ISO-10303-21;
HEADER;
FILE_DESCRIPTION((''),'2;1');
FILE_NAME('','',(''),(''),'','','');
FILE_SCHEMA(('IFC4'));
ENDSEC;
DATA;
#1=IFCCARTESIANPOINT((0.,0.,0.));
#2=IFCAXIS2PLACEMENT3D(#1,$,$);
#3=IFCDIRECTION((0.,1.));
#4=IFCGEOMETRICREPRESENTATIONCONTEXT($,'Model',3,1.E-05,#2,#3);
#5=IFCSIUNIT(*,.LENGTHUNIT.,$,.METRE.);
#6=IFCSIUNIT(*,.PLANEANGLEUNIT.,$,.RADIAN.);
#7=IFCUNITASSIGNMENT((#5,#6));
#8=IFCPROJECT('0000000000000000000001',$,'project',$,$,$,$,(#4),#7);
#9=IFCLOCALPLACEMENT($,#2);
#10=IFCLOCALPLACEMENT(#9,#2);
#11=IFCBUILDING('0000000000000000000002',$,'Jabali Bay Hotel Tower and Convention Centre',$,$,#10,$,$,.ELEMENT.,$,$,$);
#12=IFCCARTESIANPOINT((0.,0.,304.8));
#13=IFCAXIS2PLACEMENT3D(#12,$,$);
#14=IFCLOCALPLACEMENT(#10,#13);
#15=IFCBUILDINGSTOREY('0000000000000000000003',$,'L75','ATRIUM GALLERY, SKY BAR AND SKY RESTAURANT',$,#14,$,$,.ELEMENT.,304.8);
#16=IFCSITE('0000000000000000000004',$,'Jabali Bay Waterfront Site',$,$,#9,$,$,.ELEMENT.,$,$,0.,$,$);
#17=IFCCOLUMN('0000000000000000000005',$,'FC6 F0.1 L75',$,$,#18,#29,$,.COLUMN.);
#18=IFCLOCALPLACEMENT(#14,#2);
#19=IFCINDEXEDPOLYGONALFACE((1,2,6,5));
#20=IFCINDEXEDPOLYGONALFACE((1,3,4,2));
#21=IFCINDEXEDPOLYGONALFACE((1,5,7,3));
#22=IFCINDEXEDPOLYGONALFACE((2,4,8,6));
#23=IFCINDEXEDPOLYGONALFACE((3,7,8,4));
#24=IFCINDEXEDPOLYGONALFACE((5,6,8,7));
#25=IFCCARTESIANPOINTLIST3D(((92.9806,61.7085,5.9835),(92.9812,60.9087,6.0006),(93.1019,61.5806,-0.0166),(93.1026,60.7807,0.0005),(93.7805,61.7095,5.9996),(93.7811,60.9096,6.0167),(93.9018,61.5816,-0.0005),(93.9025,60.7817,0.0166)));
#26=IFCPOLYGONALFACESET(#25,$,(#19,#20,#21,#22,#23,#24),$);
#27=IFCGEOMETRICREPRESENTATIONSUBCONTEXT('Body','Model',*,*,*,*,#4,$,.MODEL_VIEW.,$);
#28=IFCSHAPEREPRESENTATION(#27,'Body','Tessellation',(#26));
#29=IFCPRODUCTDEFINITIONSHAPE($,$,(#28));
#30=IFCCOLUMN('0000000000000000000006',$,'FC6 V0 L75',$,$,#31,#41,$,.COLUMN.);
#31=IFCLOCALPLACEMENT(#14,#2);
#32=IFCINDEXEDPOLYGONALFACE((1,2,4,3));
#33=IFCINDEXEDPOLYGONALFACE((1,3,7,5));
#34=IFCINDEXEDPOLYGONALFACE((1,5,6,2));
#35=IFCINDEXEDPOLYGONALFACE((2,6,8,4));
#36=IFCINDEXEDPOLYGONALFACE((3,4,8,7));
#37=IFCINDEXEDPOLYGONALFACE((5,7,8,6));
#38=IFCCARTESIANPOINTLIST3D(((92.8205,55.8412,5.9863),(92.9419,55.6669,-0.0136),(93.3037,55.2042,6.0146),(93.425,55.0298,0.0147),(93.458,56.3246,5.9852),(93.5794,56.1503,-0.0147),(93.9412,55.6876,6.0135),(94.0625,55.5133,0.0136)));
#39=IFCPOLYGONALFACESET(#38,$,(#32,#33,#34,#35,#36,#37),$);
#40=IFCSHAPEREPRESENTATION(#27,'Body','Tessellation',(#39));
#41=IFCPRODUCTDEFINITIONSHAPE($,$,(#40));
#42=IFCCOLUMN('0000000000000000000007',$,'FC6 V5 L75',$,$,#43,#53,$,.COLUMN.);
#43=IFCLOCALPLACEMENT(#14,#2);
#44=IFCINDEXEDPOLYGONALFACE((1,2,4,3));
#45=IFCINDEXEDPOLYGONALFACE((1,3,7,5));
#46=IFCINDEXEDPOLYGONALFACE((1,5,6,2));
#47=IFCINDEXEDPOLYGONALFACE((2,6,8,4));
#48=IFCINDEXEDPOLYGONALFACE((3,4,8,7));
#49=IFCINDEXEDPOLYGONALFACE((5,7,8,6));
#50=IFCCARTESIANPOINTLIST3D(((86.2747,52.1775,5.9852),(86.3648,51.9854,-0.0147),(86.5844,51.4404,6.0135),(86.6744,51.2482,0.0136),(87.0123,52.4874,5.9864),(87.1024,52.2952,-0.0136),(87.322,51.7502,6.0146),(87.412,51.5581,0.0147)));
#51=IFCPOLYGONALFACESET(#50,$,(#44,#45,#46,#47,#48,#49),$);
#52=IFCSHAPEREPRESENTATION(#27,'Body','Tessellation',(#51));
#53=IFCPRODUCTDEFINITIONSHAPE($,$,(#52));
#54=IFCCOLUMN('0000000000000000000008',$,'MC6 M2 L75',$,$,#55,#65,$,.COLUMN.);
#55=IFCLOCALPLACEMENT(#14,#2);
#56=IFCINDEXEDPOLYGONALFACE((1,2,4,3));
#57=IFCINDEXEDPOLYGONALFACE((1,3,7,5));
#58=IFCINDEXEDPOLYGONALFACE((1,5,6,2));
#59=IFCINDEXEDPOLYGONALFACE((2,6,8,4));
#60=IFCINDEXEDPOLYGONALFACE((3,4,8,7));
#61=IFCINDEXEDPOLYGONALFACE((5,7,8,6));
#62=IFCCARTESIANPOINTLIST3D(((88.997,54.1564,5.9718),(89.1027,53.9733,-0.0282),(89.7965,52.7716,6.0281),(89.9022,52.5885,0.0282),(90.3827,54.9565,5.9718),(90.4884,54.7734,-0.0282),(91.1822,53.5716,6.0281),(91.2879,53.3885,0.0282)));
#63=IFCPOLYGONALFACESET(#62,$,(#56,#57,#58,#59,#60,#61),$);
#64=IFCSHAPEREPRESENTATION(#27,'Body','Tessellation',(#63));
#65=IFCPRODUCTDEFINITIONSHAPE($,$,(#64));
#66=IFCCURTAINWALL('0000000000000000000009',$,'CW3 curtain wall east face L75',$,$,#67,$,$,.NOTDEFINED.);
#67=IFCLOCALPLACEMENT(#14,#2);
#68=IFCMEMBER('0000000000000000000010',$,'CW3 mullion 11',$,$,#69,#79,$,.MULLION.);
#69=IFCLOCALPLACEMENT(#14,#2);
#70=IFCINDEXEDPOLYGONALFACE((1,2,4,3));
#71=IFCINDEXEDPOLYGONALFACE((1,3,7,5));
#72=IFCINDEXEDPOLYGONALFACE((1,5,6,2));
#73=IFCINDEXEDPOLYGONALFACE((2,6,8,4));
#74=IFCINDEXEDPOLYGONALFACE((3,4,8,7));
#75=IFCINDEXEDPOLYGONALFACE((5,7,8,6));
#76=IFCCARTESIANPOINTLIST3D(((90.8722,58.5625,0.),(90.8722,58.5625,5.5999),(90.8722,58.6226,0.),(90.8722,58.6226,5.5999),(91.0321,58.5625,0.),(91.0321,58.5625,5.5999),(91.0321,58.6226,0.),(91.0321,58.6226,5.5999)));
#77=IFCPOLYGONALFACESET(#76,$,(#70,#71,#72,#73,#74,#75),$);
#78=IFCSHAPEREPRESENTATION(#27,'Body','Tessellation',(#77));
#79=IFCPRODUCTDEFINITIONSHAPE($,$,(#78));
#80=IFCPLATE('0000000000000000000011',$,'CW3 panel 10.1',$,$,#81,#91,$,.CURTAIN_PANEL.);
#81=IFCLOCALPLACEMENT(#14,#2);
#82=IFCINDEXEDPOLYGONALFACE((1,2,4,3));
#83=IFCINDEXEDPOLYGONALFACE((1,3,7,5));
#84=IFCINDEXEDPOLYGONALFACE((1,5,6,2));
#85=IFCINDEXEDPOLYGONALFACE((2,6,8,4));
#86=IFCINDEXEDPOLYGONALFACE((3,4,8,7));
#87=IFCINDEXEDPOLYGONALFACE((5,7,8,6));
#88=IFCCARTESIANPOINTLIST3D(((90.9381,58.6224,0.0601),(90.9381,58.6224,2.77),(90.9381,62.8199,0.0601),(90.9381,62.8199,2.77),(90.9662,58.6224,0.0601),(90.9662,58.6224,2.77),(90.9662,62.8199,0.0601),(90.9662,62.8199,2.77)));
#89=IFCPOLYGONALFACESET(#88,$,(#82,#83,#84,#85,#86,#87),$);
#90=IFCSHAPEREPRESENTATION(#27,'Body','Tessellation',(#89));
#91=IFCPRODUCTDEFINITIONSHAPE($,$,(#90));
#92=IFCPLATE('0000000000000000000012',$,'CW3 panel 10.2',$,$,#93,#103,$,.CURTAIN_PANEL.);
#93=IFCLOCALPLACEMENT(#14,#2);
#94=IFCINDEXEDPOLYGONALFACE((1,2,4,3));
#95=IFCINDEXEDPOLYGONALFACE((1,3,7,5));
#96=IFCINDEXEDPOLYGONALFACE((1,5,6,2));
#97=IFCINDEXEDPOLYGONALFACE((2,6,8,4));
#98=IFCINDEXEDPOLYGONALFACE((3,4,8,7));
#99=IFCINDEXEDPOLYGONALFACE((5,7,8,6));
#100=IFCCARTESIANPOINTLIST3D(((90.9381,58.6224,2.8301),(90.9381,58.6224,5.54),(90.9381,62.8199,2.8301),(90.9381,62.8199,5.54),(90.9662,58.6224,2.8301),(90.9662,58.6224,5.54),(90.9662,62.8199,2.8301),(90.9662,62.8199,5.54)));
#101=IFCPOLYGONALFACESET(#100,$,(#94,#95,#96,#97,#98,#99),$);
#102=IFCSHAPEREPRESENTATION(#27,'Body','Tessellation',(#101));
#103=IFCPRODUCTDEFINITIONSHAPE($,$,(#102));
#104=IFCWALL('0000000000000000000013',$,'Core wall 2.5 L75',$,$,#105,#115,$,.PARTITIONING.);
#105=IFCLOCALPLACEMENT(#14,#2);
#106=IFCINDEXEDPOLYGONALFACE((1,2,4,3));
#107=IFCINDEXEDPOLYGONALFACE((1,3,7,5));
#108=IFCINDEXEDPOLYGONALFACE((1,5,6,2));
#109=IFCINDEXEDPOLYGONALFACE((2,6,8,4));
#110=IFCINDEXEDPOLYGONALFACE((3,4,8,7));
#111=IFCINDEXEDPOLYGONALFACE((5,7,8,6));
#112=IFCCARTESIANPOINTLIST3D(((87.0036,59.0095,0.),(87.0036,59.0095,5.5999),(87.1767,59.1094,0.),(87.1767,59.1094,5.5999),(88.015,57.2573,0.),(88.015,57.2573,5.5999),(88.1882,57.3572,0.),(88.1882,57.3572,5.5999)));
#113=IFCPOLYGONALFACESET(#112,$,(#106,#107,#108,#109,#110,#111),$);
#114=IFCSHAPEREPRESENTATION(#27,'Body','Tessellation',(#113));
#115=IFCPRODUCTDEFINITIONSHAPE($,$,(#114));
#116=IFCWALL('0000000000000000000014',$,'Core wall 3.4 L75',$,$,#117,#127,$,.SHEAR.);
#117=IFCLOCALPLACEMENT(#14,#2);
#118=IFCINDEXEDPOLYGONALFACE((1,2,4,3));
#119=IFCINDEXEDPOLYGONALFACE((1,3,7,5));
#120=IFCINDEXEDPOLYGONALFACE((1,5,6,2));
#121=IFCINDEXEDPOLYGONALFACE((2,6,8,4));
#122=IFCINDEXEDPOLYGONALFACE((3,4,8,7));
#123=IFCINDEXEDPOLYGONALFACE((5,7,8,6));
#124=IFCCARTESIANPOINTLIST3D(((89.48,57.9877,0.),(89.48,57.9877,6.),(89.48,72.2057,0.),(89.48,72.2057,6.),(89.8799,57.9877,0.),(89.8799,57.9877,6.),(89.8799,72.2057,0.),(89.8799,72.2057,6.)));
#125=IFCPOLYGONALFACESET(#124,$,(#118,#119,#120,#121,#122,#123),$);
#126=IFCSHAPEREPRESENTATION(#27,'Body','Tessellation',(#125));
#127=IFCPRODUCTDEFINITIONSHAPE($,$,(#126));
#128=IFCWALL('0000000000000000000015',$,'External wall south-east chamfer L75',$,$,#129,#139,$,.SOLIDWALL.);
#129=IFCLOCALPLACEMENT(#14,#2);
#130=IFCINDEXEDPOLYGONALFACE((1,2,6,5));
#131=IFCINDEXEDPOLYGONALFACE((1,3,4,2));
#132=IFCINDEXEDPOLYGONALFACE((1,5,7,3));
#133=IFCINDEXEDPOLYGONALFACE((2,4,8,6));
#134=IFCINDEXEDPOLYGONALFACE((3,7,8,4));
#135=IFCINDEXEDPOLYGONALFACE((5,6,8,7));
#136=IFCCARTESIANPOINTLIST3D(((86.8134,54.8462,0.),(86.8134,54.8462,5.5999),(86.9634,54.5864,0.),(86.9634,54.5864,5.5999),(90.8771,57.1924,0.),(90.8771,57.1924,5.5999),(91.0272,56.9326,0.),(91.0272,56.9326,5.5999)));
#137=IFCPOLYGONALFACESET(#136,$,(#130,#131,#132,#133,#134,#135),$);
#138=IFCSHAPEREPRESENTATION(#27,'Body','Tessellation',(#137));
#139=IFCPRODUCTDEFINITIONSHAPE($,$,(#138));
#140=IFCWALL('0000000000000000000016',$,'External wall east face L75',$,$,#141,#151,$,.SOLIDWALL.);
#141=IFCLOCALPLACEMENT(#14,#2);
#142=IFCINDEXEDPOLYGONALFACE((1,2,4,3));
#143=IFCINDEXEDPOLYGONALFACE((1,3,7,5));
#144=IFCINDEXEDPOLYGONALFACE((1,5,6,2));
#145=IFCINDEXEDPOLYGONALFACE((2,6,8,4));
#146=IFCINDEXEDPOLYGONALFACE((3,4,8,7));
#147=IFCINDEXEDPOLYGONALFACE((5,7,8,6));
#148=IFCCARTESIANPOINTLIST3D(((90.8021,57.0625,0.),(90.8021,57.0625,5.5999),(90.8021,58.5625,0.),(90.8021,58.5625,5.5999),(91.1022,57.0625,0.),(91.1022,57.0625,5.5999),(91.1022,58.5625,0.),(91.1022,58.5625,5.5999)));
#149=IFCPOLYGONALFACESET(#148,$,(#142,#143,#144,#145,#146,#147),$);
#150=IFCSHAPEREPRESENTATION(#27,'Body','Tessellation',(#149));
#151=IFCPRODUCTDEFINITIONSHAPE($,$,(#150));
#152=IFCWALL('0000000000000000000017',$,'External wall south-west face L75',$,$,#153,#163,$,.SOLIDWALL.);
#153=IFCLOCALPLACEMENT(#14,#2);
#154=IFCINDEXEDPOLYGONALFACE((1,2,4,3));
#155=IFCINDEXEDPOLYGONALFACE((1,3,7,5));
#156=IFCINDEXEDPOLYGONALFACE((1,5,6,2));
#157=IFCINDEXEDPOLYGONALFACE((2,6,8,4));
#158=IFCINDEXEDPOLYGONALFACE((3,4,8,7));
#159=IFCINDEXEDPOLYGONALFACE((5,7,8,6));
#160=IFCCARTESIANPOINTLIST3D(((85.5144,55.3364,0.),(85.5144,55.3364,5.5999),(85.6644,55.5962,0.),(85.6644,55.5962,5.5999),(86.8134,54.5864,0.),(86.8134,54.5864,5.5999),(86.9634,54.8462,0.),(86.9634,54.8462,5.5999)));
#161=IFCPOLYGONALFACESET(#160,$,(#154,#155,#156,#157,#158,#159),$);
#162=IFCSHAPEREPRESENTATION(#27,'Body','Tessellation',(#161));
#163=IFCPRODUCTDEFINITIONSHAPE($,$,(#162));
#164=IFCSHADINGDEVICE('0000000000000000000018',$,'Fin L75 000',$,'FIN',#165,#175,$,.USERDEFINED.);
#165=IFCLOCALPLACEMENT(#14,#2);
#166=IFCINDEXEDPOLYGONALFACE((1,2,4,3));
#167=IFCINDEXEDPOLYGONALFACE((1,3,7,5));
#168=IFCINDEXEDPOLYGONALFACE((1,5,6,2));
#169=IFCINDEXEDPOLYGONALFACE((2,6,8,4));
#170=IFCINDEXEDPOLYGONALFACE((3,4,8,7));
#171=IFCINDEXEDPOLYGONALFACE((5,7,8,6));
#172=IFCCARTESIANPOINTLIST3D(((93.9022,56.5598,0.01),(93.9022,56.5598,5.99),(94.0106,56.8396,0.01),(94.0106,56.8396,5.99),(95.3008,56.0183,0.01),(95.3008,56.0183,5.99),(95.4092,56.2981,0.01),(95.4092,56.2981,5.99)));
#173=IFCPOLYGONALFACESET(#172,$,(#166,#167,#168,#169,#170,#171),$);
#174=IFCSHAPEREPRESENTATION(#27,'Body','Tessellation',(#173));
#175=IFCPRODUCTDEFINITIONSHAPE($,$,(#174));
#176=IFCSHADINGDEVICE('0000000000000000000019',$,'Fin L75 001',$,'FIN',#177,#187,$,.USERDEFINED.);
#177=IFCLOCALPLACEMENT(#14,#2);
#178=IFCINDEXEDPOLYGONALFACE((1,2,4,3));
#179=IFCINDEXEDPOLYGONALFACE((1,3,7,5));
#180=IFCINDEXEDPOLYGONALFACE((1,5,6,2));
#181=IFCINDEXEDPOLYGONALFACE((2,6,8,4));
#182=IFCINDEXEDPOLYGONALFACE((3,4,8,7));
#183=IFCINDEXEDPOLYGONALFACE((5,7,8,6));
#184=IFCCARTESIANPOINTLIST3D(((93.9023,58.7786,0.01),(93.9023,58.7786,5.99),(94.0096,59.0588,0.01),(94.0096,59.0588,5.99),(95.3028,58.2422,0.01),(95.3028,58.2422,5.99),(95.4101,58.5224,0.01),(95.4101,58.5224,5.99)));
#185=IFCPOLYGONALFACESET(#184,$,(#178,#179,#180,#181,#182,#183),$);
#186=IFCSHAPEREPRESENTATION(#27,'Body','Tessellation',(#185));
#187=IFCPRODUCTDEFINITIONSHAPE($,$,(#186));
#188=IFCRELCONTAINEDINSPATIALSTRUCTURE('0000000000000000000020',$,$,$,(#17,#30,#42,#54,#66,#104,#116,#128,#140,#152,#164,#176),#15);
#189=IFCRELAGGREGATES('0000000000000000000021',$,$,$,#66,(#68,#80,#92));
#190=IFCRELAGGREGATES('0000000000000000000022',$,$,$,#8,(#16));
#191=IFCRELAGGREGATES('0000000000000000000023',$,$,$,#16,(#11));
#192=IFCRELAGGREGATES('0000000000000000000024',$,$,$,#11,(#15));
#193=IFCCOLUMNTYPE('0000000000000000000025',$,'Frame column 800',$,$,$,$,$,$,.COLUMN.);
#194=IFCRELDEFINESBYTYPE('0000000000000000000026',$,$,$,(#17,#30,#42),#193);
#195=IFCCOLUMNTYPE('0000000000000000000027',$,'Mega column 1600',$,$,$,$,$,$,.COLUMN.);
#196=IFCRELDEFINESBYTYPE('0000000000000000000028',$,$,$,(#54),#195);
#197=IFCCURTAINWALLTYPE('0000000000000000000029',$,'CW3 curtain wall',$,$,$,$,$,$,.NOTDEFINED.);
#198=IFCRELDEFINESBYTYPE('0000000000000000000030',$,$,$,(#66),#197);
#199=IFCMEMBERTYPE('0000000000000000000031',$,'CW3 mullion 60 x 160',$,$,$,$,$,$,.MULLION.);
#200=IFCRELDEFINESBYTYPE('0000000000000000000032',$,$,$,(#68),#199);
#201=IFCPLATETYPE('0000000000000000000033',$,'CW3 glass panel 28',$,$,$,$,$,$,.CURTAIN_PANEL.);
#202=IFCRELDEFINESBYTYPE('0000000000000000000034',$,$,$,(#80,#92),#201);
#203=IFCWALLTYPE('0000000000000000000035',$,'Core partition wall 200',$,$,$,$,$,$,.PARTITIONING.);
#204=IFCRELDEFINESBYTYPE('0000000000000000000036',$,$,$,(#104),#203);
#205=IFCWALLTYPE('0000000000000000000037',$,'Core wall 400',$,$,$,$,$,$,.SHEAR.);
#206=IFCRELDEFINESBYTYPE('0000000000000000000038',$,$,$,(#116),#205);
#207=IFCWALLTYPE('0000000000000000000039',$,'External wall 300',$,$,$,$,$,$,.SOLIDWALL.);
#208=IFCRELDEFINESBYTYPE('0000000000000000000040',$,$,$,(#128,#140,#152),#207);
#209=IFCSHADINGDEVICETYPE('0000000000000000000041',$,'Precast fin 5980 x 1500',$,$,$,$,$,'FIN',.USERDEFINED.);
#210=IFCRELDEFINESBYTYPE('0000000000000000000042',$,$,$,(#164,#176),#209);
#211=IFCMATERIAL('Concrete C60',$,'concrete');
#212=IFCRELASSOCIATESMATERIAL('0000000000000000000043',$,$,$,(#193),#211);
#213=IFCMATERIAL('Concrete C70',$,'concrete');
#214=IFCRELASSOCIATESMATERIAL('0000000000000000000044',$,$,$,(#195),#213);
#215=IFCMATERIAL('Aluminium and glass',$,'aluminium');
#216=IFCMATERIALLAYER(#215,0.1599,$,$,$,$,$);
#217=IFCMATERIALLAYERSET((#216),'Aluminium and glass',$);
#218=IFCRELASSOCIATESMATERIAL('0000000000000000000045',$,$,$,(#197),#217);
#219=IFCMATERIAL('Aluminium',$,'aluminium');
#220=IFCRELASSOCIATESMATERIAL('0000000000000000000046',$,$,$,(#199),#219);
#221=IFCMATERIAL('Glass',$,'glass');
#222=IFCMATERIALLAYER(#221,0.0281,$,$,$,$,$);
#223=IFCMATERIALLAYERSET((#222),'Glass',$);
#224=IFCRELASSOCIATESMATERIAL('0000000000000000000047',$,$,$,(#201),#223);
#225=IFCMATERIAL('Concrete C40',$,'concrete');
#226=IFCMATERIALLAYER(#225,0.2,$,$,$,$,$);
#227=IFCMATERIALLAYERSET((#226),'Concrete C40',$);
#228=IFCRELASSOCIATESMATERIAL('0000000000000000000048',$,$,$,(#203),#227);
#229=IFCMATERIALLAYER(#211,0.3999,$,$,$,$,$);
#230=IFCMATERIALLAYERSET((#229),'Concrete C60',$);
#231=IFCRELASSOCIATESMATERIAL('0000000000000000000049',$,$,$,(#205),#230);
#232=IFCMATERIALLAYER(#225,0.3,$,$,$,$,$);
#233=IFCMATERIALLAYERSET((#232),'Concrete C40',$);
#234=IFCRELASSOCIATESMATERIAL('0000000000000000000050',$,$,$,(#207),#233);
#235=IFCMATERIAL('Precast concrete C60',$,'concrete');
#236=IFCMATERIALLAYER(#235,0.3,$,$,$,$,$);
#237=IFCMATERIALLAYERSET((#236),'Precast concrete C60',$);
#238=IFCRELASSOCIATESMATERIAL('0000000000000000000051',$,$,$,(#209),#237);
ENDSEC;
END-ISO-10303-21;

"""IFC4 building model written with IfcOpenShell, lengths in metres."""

from ifc_helpers import new_model, si_unit, direction, frame, frame_2d, origin, origin_2d, place, context, subcontext, project, spatial, rectangle, extrude, material, layer, layer_set, material_profile, profile_set, type_object, element, aggregate, save


model = new_model("IFC4")

# Units and contexts
model_context = context("Model", 3, precision=1e-05, world=origin(), true_north=direction((0.0, 1.0)))
body_context = subcontext(model_context, "Body", "Model", "MODEL_VIEW")
ifc_project = project(units=[si_unit("LENGTHUNIT", "METRE"), si_unit("PLANEANGLEUNIT", "RADIAN")], contexts=[model_context])

# Site, building, storey
site_placement = place(None, origin())
site = spatial("IfcSite", under=ifc_project, at=site_placement, Name="Jabali Bay Waterfront Site", CompositionType="ELEMENT", RefElevation=0.0)
building_placement = place(site_placement, origin())
building = spatial("IfcBuilding", under=site, at=building_placement, Name="Jabali Bay Hotel Tower and Convention Centre", CompositionType="ELEMENT")
storey_placement = place(building_placement, frame((0.0, 0.0, 304.8)))
storey = spatial("IfcBuildingStorey", under=building, at=storey_placement, Name="L75", Description="ATRIUM GALLERY, SKY BAR AND SKY RESTAURANT", CompositionType="ELEMENT", Elevation=304.8)

# Columns
ifc_material_1 = material(Name="Concrete C60", Category="concrete")
ifc_material_profile_1 = material_profile(ifc_material_1, rectangle(XDim=0.8, YDim=0.8, at=origin_2d()), Name="Frame column 800")
ifc_profile_set_1 = profile_set([ifc_material_profile_1], Name="Concrete C60")
column_type_1 = type_object("IfcColumnType", Name="Frame column 800", PredefinedType="COLUMN", material=ifc_profile_set_1)
column_1_placement = place(storey_placement, frame((93.5022, 61.1812, 0.0), z_axis=(-0.020214, 0.021312, 0.999568), x_axis=(0.000809, -0.999772, 0.021333)))
element("IfcColumn", 1, at=column_1_placement, inside=storey, type_object=column_type_1, Name="FC6 F0.1 L75", PredefinedType="COLUMN", context=body_context, shape_type="SweptSolid", body=[
    extrude(rectangle(XDim=0.8, YDim=0.8, at=origin_2d()), origin(), (0.0, 0.0, 1.0), 6.0027),
])
for number, where, z_axis, x_axis, name in (
    (2, (93.5022, 55.5901, 0.0), (-0.02021, 0.029035, 0.999374), (-0.796794, -0.60425, 0.001442), "FC6 V0 L75"),
    (3, (86.8884, 51.7717, 0.0), (-0.015005, 0.032003, 0.999375), (0.38701, -0.921399, 0.035317), "FC6 V5 L75"),
):
    element("IfcColumn", number, at=place(storey_placement, frame(where, z_axis=z_axis, x_axis=x_axis)), inside=storey, type_object=column_type_1, Name=name, PredefinedType="COLUMN", context=body_context, shape_type="SweptSolid", body=[
        extrude(rectangle(XDim=0.8, YDim=0.8, at=origin_2d()), origin(), (0.0, 0.0, 1.0), 6.0037),
    ])
ifc_material_2 = material(Name="Concrete C70", Category="concrete")
ifc_material_profile_2 = material_profile(ifc_material_2, rectangle(XDim=1.6001, YDim=1.6001, at=origin_2d()), Name="Mega column 1600")
ifc_profile_set_2 = profile_set([ifc_material_profile_2], Name="Concrete C70")
column_type_2 = type_object("IfcColumnType", Name="Mega column 1600", PredefinedType="COLUMN", material=ifc_profile_set_2)
column_2_placement = place(storey_placement, frame((90.1953, 53.6809, 0.0), z_axis=(-0.017608, 0.030499, 0.99938), x_axis=(-0.866031, -0.49999, 0.0)))
element("IfcColumn", 4, at=column_2_placement, inside=storey, type_object=column_type_2, Name="MC6 M2 L75", PredefinedType="COLUMN", context=body_context, shape_type="SweptSolid", body=[
    extrude(rectangle(XDim=1.6001, YDim=1.6001, at=origin_2d()), origin(), (0.0, 0.0, 1.0), 6.0037),
])

# Curtain wall, member, plates
ifc_material_3 = material(Name="Aluminium and glass", Category="aluminium")
ifc_layer_1 = layer(ifc_material_3, 0.1599)
ifc_layer_set_1 = layer_set([ifc_layer_1], Name="Aluminium and glass")
curtain_wall_type = type_object("IfcCurtainWallType", Name="CW3 curtain wall", PredefinedType="NOTDEFINED", material=ifc_layer_set_1)
curtain_wall_placement = place(storey_placement, origin())
curtain_wall = element("IfcCurtainWall", 5, at=curtain_wall_placement, inside=storey, type_object=curtain_wall_type, Name="CW3 curtain wall east face L75", PredefinedType="NOTDEFINED")
ifc_material_4 = material(Name="Aluminium", Category="aluminium")
ifc_material_profile_3 = material_profile(ifc_material_4, rectangle(XDim=0.1599, YDim=0.0601, at=origin_2d()), Name="CW3 mullion 60 x 160")
ifc_profile_set_3 = profile_set([ifc_material_profile_3], Name="Aluminium")
member_type = type_object("IfcMemberType", Name="CW3 mullion 60 x 160", PredefinedType="MULLION", material=ifc_profile_set_3)
member_placement = place(storey_placement, frame((90.9521, 58.5925, 0.0), z_axis=(0.0, 0.0, 1.0), x_axis=(1.0, 0.0, 0.0)))
member = element("IfcMember", 6, at=member_placement, type_object=member_type, Name="CW3 mullion 11", PredefinedType="MULLION", context=body_context, shape_type="SweptSolid", body=[
    extrude(rectangle(XDim=0.1599, YDim=0.0601, at=origin_2d()), origin(), (0.0, 0.0, 1.0), 5.5999),
])
ifc_material_5 = material(Name="Glass", Category="glass")
ifc_layer_2 = layer(ifc_material_5, 0.0281)
ifc_layer_set_2 = layer_set([ifc_layer_2], Name="Glass")
plate_type = type_object("IfcPlateType", Name="CW3 glass panel 28", PredefinedType="CURTAIN_PANEL", material=ifc_layer_set_2)
plate_1_placement = place(storey_placement, frame((90.9521, 60.7212, 0.0601), z_axis=(0.0, 0.0, 1.0), x_axis=(0.0, -1.0, 0.0)))
plate_1 = element("IfcPlate", 7, at=plate_1_placement, type_object=plate_type, Name="CW3 panel 10.1", PredefinedType="CURTAIN_PANEL", context=body_context, shape_type="SweptSolid", body=[
    extrude(rectangle(XDim=4.1975, YDim=0.0281, at=origin_2d()), origin(), (0.0, 0.0, 1.0), 2.71),
])
plate_2_placement = place(storey_placement, frame((90.9521, 60.7212, 2.8301), z_axis=(0.0, 0.0, 1.0), x_axis=(0.0, -1.0, 0.0)))
plate_2 = element("IfcPlate", 8, at=plate_2_placement, type_object=plate_type, Name="CW3 panel 10.2", PredefinedType="CURTAIN_PANEL", context=body_context, shape_type="SweptSolid", body=[
    extrude(rectangle(XDim=4.1975, YDim=0.0281, at=origin_2d()), origin(), (0.0, 0.0, 1.0), 2.71),
])
aggregate(curtain_wall, [member, plate_1, plate_2])

# Walls
ifc_material_6 = material(Name="Concrete C40", Category="concrete")
ifc_layer_3 = layer(ifc_material_6, 0.2)
ifc_layer_set_3 = layer_set([ifc_layer_3], Name="Concrete C40")
wall_type_1 = type_object("IfcWallType", Name="Core partition wall 200", PredefinedType="PARTITIONING", material=ifc_layer_set_3)
wall_1_placement = place(storey_placement, frame((87.0901, 59.0596, 0.0), z_axis=(0.0, 0.0, 1.0), x_axis=(0.499942, -0.866059, 0.0)))
element("IfcWall", 9, at=wall_1_placement, inside=storey, type_object=wall_type_1, Name="Core wall 2.5 L75", PredefinedType="PARTITIONING", context=body_context, shape_type="SweptSolid", body=[
    extrude(rectangle(XDim=2.0232, YDim=0.2, at=frame_2d((1.0117, 0.0))), origin(), (0.0, 0.0, 1.0), 5.5999),
])
ifc_layer_4 = layer(ifc_material_1, 0.3999)
ifc_layer_set_4 = layer_set([ifc_layer_4], Name="Concrete C60")
wall_type_2 = type_object("IfcWallType", Name="Core wall 400", PredefinedType="SHEAR", material=ifc_layer_set_4)
wall_2_placement = place(storey_placement, frame((89.6799, 57.9878, 0.0), z_axis=(0.0, 0.0, 1.0), x_axis=(0.0, 1.0, 0.0)))
element("IfcWall", 10, at=wall_2_placement, inside=storey, type_object=wall_type_2, Name="Core wall 3.4 L75", PredefinedType="SHEAR", context=body_context, shape_type="SweptSolid", body=[
    extrude(rectangle(XDim=14.218, YDim=0.3999, at=frame_2d((7.1089, 0.0))), origin(), (0.0, 0.0, 1.0), 6.0),
])
ifc_layer_5 = layer(ifc_material_6, 0.3)
ifc_layer_set_5 = layer_set([ifc_layer_5], Name="Concrete C40")
wall_type_3 = type_object("IfcWallType", Name="External wall 300", PredefinedType="SOLIDWALL", material=ifc_layer_set_5)
wall_3_placement = place(storey_placement, frame((90.9521, 57.0625, 0.0), z_axis=(0.0, 0.0, 1.0), x_axis=(-0.866025, -0.5, 0.0)))
element("IfcWall", 11, at=wall_3_placement, inside=storey, type_object=wall_type_3, Name="External wall south-east chamfer L75", PredefinedType="SOLIDWALL", context=body_context, shape_type="SweptSolid", body=[
    extrude(rectangle(XDim=4.6924, YDim=0.3, at=frame_2d((2.3462, 0.0))), origin(), (0.0, 0.0, 1.0), 5.5999),
])
for number, where, z_axis, x_axis, name in (
    (12, (90.9521, 58.5625, 0.0), (0.0, 0.0, 1.0), (0.0, -1.0, 0.0), "External wall east face L75"),
    (13, (86.8884, 54.7163, 0.0), (0.0, 0.0, 1.0), (-0.866031, 0.49999, 0.0), "External wall south-west face L75"),
):
    element("IfcWall", number, at=place(storey_placement, frame(where, z_axis=z_axis, x_axis=x_axis)), inside=storey, type_object=wall_type_3, Name=name, PredefinedType="SOLIDWALL", context=body_context, shape_type="SweptSolid", body=[
        extrude(rectangle(XDim=1.5, YDim=0.3, at=frame_2d((0.75, 0.0))), origin(), (0.0, 0.0, 1.0), 5.5999),
    ])

# Shading devices
ifc_material_7 = material(Name="Precast concrete C60", Category="concrete")
ifc_layer_6 = layer(ifc_material_7, 0.3)
ifc_layer_set_6 = layer_set([ifc_layer_6], Name="Precast concrete C60")
shading_device_type = type_object("IfcShadingDeviceType", Name="Precast fin 5980 x 1500", ElementType="FIN", PredefinedType="USERDEFINED", material=ifc_layer_set_6)
for number, where, z_axis, x_axis, name in (
    (14, (93.9563, 56.6997, 0.01), (0.0, 0.0, 1.0), (0.93255, -0.36104, 0.0), "Fin L75 000"),
    (15, (93.9558, 58.9187, 0.01), (0.0, 0.0, 1.0), (0.933865, -0.357626, 0.0), "Fin L75 001"),
):
    element("IfcShadingDevice", number, at=place(storey_placement, frame(where, z_axis=z_axis, x_axis=x_axis)), inside=storey, type_object=shading_device_type, Name=name, ObjectType="FIN", PredefinedType="USERDEFINED", context=body_context, shape_type="SweptSolid", body=[
        extrude(rectangle(XDim=1.4998, YDim=0.3, at=frame_2d((0.75, 0.0))), origin(), (0.0, 0.0, 1.0), 5.98),
    ])

save(model, "model.ifc")
